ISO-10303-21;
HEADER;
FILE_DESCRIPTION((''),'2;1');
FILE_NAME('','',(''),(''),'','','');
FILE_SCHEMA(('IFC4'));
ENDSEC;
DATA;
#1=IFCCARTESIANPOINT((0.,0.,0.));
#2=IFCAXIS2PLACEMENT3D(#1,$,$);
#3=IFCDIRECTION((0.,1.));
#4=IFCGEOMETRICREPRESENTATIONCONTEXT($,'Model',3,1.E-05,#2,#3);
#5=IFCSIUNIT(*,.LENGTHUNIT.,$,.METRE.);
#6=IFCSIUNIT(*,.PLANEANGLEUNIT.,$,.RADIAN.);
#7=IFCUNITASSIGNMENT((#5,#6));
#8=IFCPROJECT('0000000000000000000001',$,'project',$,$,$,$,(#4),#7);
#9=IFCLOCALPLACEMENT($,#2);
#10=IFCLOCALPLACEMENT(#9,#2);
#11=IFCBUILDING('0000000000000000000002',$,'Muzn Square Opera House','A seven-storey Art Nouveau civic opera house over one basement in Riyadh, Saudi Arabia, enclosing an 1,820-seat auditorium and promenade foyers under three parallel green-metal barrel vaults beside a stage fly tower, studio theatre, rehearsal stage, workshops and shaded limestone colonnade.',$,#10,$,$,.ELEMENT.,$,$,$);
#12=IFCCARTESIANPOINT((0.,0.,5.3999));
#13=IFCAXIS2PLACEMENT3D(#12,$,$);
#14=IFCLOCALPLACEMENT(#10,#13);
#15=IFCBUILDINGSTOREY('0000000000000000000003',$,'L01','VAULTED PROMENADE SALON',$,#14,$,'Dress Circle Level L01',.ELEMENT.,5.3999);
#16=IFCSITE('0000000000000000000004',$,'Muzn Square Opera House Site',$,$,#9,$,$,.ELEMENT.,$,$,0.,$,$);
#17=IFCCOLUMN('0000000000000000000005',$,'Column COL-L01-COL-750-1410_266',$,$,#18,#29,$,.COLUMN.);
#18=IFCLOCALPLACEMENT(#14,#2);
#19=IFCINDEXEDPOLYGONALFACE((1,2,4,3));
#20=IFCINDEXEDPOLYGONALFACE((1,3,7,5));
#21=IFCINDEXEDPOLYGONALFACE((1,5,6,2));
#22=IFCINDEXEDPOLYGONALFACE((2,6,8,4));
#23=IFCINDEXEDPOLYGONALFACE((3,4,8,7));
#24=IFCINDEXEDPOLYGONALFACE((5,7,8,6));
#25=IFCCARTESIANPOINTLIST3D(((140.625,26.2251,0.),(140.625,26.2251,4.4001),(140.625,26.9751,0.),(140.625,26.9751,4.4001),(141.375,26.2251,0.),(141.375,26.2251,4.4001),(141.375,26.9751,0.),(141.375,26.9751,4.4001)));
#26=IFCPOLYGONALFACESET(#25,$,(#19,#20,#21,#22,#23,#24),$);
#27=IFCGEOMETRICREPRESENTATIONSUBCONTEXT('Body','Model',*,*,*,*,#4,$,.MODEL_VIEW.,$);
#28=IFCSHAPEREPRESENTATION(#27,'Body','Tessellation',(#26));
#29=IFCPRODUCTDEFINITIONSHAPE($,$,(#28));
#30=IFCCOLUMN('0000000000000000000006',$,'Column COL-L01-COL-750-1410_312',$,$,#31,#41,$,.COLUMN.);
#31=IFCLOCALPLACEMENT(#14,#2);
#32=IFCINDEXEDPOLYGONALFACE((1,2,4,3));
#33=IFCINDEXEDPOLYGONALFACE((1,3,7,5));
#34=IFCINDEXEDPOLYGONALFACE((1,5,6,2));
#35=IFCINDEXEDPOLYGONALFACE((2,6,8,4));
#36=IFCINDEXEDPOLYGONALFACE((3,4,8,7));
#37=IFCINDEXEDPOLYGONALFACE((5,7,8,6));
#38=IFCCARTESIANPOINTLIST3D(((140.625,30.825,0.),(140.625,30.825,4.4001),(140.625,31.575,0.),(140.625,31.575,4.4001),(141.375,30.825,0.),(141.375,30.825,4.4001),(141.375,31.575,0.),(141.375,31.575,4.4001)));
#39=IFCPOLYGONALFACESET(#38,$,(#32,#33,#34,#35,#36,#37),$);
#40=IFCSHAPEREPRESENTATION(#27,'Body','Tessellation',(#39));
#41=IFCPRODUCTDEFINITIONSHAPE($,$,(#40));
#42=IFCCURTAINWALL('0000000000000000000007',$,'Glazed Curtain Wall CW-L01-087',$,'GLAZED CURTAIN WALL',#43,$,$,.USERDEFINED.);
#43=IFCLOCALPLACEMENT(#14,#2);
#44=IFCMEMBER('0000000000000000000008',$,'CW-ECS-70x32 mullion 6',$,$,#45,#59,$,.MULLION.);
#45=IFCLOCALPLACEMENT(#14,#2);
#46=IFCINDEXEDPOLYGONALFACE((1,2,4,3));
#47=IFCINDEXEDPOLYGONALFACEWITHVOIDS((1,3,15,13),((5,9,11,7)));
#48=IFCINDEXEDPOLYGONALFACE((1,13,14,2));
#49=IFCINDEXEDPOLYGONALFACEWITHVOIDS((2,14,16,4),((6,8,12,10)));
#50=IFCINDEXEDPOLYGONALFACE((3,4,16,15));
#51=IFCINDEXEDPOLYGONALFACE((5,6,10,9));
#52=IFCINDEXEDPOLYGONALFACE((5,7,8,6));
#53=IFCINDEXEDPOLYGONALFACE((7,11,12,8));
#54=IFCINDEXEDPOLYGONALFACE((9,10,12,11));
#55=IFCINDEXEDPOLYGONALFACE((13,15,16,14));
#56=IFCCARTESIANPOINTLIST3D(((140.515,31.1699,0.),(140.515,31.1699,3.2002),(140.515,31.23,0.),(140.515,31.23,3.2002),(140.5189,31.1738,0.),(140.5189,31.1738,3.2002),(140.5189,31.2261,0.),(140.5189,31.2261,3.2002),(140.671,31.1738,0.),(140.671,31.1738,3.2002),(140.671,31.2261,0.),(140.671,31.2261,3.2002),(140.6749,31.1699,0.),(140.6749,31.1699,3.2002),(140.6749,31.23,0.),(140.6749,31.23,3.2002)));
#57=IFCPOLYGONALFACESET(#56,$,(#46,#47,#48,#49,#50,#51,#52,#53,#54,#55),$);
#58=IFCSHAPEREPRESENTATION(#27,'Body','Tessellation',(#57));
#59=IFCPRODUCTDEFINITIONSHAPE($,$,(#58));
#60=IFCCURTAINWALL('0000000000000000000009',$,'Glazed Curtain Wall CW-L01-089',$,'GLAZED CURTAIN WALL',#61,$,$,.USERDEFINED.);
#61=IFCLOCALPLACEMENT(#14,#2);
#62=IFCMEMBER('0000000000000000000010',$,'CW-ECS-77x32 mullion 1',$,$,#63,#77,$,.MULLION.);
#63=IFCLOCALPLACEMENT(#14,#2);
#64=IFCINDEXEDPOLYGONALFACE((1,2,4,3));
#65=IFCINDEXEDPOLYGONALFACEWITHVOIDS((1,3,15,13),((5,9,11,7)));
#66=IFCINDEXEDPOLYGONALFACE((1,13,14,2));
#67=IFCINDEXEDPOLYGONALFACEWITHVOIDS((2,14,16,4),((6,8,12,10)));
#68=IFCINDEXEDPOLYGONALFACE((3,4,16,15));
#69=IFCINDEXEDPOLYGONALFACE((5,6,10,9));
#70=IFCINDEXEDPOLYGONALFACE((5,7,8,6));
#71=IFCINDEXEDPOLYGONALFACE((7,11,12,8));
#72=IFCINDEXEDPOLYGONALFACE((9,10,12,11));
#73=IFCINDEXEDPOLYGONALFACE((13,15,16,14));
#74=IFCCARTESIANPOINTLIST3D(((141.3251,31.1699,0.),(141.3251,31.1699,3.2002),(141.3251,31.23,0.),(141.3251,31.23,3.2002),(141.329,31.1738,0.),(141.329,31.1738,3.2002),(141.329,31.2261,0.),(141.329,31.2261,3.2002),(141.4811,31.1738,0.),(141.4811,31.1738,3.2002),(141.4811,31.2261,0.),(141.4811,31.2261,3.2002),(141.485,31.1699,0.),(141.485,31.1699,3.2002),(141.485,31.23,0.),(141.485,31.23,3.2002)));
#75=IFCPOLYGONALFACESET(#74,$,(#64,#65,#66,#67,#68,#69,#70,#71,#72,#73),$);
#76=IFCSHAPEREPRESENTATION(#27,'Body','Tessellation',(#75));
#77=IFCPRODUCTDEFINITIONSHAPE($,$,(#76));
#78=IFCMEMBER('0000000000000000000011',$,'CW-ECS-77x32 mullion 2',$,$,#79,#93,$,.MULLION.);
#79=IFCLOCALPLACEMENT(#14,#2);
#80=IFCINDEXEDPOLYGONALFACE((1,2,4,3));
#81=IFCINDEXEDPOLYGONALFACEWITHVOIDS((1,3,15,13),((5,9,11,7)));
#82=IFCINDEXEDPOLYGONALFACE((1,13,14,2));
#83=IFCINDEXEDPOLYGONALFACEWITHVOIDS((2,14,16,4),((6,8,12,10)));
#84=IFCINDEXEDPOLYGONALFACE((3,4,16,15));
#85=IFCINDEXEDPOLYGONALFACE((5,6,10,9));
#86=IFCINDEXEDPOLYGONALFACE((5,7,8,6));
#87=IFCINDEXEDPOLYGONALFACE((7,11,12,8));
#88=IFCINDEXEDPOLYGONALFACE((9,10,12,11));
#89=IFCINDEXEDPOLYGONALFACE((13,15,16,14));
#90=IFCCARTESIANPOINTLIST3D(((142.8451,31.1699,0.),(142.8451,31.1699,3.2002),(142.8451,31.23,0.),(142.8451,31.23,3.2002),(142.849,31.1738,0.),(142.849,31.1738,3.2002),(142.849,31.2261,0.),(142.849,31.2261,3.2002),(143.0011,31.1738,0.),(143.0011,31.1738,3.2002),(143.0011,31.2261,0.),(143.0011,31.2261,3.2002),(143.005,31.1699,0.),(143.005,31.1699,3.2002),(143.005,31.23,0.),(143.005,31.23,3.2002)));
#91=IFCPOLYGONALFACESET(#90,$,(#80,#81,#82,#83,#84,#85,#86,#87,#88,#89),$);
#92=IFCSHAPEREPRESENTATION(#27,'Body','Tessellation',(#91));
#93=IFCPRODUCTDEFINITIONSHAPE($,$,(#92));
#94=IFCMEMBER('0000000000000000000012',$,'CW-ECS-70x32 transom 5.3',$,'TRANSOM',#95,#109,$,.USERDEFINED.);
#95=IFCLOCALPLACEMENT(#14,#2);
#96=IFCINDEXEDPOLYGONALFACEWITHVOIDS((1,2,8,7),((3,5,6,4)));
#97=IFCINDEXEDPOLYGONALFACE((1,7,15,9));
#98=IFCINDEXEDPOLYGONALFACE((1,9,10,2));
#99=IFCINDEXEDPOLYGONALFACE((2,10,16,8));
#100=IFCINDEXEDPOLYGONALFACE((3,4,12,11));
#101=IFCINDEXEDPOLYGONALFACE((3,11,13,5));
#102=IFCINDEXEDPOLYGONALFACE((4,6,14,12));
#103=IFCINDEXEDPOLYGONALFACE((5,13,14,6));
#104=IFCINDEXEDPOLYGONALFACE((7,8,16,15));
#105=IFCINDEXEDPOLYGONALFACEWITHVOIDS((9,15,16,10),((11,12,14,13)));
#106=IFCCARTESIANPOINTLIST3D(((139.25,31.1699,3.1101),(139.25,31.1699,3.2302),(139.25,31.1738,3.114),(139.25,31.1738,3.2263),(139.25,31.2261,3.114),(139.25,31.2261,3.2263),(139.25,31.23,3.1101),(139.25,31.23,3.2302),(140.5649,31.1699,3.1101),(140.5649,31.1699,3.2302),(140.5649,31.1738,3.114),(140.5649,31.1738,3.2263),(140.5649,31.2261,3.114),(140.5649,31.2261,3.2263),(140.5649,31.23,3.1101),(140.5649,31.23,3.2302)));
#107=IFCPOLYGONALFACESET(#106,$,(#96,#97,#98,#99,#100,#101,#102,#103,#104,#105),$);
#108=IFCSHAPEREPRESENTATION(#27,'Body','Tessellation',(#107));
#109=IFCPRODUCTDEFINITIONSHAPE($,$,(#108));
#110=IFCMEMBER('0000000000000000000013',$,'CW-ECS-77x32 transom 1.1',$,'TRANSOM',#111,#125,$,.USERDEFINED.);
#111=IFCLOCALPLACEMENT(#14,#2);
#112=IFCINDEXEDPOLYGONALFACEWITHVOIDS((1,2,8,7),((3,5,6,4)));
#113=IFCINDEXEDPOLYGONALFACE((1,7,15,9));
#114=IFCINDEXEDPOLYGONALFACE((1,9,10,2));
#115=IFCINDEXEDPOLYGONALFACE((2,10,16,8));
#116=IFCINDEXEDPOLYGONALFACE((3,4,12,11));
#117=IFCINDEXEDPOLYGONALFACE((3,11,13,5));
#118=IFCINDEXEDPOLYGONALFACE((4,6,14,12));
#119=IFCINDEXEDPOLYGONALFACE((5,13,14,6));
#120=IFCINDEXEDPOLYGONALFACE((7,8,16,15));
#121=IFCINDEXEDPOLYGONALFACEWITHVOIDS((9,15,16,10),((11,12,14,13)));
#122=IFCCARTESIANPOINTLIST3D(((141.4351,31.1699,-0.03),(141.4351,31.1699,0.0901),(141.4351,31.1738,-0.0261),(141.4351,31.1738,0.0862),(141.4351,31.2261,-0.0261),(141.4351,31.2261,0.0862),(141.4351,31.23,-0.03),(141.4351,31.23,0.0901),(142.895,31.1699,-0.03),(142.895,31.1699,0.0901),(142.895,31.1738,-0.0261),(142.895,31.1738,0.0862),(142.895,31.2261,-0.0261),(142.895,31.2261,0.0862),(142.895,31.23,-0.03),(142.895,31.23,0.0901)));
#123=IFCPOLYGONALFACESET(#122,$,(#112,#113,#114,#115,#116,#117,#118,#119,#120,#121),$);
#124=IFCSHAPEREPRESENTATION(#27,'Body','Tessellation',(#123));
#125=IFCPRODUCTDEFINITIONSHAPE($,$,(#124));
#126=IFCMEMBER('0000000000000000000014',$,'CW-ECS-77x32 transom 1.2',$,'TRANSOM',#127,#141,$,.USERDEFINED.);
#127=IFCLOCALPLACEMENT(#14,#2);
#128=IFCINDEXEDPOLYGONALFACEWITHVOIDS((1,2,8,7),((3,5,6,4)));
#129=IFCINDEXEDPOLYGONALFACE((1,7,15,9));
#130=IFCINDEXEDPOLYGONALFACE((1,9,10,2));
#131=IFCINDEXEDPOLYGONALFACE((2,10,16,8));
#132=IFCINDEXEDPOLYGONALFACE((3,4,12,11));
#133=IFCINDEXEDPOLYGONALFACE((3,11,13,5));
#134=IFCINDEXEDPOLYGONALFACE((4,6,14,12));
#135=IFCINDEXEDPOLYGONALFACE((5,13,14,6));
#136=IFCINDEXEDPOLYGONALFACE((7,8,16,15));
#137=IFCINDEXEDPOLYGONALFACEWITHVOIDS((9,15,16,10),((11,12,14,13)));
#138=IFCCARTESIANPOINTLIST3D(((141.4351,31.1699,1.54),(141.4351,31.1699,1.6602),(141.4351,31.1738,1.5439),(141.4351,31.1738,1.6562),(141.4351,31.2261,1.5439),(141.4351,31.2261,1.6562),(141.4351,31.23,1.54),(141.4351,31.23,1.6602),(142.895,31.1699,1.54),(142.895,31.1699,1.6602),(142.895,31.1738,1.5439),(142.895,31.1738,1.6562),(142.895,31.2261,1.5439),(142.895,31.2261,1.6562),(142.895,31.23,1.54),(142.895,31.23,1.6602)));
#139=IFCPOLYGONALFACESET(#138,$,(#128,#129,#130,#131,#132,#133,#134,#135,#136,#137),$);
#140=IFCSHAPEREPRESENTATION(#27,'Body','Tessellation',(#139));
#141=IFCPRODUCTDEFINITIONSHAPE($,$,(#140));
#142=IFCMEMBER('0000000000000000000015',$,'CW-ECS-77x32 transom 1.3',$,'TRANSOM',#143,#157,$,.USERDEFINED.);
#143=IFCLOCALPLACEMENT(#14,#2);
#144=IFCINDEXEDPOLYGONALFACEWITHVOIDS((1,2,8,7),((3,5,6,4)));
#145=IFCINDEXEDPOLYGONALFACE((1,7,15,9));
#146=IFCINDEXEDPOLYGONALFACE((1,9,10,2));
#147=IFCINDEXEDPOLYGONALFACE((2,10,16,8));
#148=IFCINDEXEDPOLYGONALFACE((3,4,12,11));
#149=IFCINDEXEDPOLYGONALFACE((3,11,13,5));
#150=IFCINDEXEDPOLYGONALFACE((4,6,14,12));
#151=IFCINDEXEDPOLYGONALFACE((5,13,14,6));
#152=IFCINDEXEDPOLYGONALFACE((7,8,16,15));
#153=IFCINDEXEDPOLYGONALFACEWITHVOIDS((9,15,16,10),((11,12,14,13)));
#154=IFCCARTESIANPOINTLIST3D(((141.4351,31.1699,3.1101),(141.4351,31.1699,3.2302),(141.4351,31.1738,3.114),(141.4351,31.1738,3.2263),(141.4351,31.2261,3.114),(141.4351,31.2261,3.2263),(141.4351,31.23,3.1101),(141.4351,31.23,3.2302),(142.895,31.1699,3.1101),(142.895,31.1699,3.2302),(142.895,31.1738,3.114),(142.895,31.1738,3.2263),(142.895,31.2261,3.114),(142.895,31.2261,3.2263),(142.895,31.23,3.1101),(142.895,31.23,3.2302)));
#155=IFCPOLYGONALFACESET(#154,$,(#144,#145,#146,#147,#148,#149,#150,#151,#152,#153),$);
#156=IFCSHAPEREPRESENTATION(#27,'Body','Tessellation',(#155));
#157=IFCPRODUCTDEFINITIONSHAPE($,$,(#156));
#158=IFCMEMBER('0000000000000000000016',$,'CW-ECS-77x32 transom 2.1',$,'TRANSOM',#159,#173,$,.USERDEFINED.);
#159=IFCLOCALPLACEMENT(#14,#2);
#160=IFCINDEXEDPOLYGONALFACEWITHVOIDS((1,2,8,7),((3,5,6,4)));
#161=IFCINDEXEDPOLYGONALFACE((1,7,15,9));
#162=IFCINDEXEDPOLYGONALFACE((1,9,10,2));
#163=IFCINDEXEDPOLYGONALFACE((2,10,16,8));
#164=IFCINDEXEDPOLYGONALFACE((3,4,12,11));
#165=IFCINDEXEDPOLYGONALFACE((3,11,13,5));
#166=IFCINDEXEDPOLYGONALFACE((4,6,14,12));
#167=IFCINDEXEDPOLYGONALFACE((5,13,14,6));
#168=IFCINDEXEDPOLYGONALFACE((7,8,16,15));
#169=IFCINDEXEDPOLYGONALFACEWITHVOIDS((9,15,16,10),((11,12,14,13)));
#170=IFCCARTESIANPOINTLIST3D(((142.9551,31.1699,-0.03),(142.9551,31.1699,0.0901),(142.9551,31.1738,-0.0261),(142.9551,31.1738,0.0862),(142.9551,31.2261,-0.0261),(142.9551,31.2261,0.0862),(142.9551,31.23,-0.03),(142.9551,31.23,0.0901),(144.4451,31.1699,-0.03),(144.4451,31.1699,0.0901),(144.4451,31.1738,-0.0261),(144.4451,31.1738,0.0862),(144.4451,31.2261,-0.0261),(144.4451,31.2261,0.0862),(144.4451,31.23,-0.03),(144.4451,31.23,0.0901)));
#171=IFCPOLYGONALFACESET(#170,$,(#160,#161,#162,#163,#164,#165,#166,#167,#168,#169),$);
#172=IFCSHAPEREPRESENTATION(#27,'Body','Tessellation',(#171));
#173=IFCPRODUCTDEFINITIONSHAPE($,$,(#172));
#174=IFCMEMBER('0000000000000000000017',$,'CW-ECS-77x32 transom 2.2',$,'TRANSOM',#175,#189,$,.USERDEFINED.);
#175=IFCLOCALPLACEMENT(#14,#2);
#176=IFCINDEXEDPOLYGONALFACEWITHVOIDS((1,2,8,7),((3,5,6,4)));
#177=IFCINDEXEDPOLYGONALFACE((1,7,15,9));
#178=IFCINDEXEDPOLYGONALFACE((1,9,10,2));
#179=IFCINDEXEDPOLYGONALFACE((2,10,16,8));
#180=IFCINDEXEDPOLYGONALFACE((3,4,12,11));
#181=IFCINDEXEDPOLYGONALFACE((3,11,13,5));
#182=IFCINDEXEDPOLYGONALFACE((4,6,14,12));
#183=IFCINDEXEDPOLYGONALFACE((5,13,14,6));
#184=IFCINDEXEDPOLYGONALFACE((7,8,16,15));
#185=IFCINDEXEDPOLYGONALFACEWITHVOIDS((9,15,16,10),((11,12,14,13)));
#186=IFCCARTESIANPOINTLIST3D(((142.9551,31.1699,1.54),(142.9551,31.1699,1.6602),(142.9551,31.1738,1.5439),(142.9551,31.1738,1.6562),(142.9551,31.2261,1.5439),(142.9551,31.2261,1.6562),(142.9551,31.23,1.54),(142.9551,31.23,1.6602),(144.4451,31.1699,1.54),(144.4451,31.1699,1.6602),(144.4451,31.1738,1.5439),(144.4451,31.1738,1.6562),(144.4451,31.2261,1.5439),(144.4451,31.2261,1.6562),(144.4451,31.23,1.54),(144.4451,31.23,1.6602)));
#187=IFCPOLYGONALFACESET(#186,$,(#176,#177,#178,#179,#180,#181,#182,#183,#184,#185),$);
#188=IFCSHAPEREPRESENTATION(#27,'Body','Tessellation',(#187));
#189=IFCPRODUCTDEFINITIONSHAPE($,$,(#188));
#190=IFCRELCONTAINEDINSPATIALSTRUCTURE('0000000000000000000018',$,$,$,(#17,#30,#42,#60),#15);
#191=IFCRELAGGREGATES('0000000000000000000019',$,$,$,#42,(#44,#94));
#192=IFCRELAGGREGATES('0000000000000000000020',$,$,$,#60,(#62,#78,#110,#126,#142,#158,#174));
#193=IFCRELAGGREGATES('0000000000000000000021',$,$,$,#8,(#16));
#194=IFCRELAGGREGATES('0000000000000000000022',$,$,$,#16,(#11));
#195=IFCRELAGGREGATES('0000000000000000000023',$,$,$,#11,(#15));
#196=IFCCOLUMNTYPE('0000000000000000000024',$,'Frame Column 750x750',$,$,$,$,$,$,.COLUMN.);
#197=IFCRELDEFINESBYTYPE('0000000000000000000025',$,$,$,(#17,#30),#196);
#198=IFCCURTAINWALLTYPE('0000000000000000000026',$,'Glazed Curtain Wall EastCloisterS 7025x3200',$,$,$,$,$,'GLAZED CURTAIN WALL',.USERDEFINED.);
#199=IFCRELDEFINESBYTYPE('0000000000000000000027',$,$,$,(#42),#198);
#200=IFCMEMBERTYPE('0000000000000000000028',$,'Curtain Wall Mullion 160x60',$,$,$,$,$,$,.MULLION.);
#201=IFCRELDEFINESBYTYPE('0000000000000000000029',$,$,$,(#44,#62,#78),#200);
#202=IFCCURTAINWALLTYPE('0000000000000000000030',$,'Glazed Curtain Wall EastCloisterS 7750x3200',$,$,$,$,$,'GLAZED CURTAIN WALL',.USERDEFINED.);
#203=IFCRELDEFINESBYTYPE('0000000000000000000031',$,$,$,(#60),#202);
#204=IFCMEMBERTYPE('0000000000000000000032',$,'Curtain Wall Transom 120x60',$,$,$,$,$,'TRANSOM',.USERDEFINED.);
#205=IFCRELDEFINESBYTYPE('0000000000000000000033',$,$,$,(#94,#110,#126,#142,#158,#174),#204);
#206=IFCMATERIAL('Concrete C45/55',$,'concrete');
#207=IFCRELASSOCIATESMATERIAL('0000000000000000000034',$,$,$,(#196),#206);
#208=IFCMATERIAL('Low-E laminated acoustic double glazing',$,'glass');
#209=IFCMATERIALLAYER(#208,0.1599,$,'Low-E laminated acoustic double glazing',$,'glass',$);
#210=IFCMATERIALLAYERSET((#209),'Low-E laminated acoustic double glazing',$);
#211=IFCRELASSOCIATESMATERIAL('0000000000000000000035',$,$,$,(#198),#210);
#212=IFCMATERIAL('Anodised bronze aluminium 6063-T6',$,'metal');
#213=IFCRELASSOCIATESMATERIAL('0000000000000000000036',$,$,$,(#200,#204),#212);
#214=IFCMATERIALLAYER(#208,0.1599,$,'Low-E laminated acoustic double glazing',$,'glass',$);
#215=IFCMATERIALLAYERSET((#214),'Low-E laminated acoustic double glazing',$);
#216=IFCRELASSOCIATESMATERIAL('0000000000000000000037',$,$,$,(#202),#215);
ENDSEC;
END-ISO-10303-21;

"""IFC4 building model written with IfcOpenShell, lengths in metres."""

from ifc_helpers import new_model, si_unit, direction, frame, origin, origin_2d, place, context, subcontext, project, spatial, rectangle, hollow_rectangle, extrude, material, layer, layer_set, material_profile, profile_set, type_object, element, aggregate, save


model = new_model("IFC4")

# Units and contexts
model_context = context("Model", 3, precision=1e-05, world=origin(), true_north=direction((0.0, 1.0)))
body_context = subcontext(model_context, "Body", "Model", "MODEL_VIEW")
ifc_project = project(units=[si_unit("LENGTHUNIT", "METRE"), si_unit("PLANEANGLEUNIT", "RADIAN")], contexts=[model_context])

# Site, building, storey
site_placement = place(None, origin())
site = spatial("IfcSite", under=ifc_project, at=site_placement, Name="Muzn Square Opera House Site", CompositionType="ELEMENT", RefElevation=0.0)
building_placement = place(site_placement, origin())
building = spatial("IfcBuilding", under=site, at=building_placement, Name="Muzn Square Opera House", Description="A seven-storey Art Nouveau civic opera house over one basement in Riyadh, Saudi Arabia, enclosing an 1,820-seat auditorium and promenade foyers under three parallel green-metal barrel vaults beside a stage fly tower, studio theatre, rehearsal stage, workshops and shaded limestone colonnade.", CompositionType="ELEMENT")
storey_placement = place(building_placement, frame((0.0, 0.0, 5.3999)))
storey = spatial("IfcBuildingStorey", under=building, at=storey_placement, Name="L01", Description="VAULTED PROMENADE SALON", LongName="Dress Circle Level L01", CompositionType="ELEMENT", Elevation=5.3999)

# Columns
ifc_material_1 = material(Name="Concrete C45/55", Category="concrete")
ifc_material_profile_1 = material_profile(ifc_material_1, rectangle(XDim=0.75, YDim=0.75, at=origin_2d()), Name="RC 750x750", Category="concrete")
ifc_profile_set_1 = profile_set([ifc_material_profile_1], Name="Concrete C45/55")
column_type = type_object("IfcColumnType", Name="Frame Column 750x750", PredefinedType="COLUMN", material=ifc_profile_set_1)
for number, where, z_axis, x_axis, name in (
    (1, (141.0, 26.6001, 0.0), (0.0, 0.0, 1.0), (1.0, 0.0, 0.0), "Column COL-L01-COL-750-1410_266"),
    (2, (141.0, 31.2, 0.0), (0.0, 0.0, 1.0), (1.0, 0.0, 0.0), "Column COL-L01-COL-750-1410_312"),
):
    element("IfcColumn", number, at=place(storey_placement, frame(where, z_axis=z_axis, x_axis=x_axis)), inside=storey, type_object=column_type, Name=name, PredefinedType="COLUMN", context=body_context, shape_type="SweptSolid", body=[
        extrude(rectangle(XDim=0.75, YDim=0.75, at=origin_2d()), origin(), (0.0, 0.0, 1.0), 4.4001),
    ])

# Curtain wall, member
ifc_material_2 = material(Name="Low-E laminated acoustic double glazing", Category="glass")
ifc_layer_1 = layer(ifc_material_2, 0.1599, Name="Low-E laminated acoustic double glazing", Category="glass")
ifc_layer_set_1 = layer_set([ifc_layer_1], Name="Low-E laminated acoustic double glazing")
curtain_wall_type_1 = type_object("IfcCurtainWallType", Name="Glazed Curtain Wall EastCloisterS 7025x3200", ElementType="GLAZED CURTAIN WALL", PredefinedType="USERDEFINED", material=ifc_layer_set_1)
curtain_wall_1_placement = place(storey_placement, origin())
curtain_wall_1 = element("IfcCurtainWall", 3, at=curtain_wall_1_placement, inside=storey, type_object=curtain_wall_type_1, Name="Glazed Curtain Wall CW-L01-087", ObjectType="GLAZED CURTAIN WALL", PredefinedType="USERDEFINED")
ifc_material_3 = material(Name="Anodised bronze aluminium 6063-T6", Category="metal")
ifc_material_profile_2 = material_profile(ifc_material_3, hollow_rectangle(XDim=0.0601, YDim=0.1599, WallThickness=0.0039, at=origin_2d()), Name="ALU 160x60x4", Category="metal")
ifc_profile_set_2 = profile_set([ifc_material_profile_2], Name="Anodised bronze aluminium 6063-T6")
member_type_1 = type_object("IfcMemberType", Name="Curtain Wall Mullion 160x60", PredefinedType="MULLION", material=ifc_profile_set_2)
member_1_placement = place(storey_placement, frame((140.595, 31.2, 0.0), z_axis=(0.0, 0.0, 1.0), x_axis=(0.0, 1.0, 0.0)))
member_1 = element("IfcMember", 4, at=member_1_placement, type_object=member_type_1, Name="CW-ECS-70x32 mullion 6", PredefinedType="MULLION", context=body_context, shape_type="SweptSolid", body=[
    extrude(hollow_rectangle(XDim=0.0601, YDim=0.1599, WallThickness=0.0039, at=origin_2d()), origin(), (0.0, 0.0, 1.0), 3.2002),
])

# Curtain wall, members
ifc_layer_2 = layer(ifc_material_2, 0.1599, Name="Low-E laminated acoustic double glazing", Category="glass")
ifc_layer_set_2 = layer_set([ifc_layer_2], Name="Low-E laminated acoustic double glazing")
curtain_wall_type_2 = type_object("IfcCurtainWallType", Name="Glazed Curtain Wall EastCloisterS 7750x3200", ElementType="GLAZED CURTAIN WALL", PredefinedType="USERDEFINED", material=ifc_layer_set_2)
curtain_wall_2_placement = place(storey_placement, origin())
curtain_wall_2 = element("IfcCurtainWall", 5, at=curtain_wall_2_placement, inside=storey, type_object=curtain_wall_type_2, Name="Glazed Curtain Wall CW-L01-089", ObjectType="GLAZED CURTAIN WALL", PredefinedType="USERDEFINED")
member_2_placement = place(storey_placement, frame((141.405, 31.2, 0.0), z_axis=(0.0, 0.0, 1.0), x_axis=(0.0, 1.0, 0.0)))
member_2 = element("IfcMember", 6, at=member_2_placement, type_object=member_type_1, Name="CW-ECS-77x32 mullion 1", PredefinedType="MULLION", context=body_context, shape_type="SweptSolid", body=[
    extrude(hollow_rectangle(XDim=0.0601, YDim=0.1599, WallThickness=0.0039, at=origin_2d()), origin(), (0.0, 0.0, 1.0), 3.2002),
])
member_3_placement = place(storey_placement, frame((142.925, 31.2, 0.0), z_axis=(0.0, 0.0, 1.0), x_axis=(0.0, 1.0, 0.0)))
member_3 = element("IfcMember", 7, at=member_3_placement, type_object=member_type_1, Name="CW-ECS-77x32 mullion 2", PredefinedType="MULLION", context=body_context, shape_type="SweptSolid", body=[
    extrude(hollow_rectangle(XDim=0.0601, YDim=0.1599, WallThickness=0.0039, at=origin_2d()), origin(), (0.0, 0.0, 1.0), 3.2002),
])

# Members
ifc_material_profile_3 = material_profile(ifc_material_3, hollow_rectangle(XDim=0.0601, YDim=0.1201, WallThickness=0.0039, at=origin_2d()), Name="ALU 120x60x4", Category="metal")
ifc_profile_set_3 = profile_set([ifc_material_profile_3], Name="Anodised bronze aluminium 6063-T6")
member_type_2 = type_object("IfcMemberType", Name="Curtain Wall Transom 120x60", ElementType="TRANSOM", PredefinedType="USERDEFINED", material=ifc_profile_set_3)
member_4_placement = place(storey_placement, frame((139.25, 31.2, 3.1702), z_axis=(1.0, 0.0, 0.0), x_axis=(0.0, 1.0, 0.0)))
member_4 = element("IfcMember", 8, at=member_4_placement, type_object=member_type_2, Name="CW-ECS-70x32 transom 5.3", ObjectType="TRANSOM", PredefinedType="USERDEFINED", context=body_context, shape_type="SweptSolid", body=[
    extrude(hollow_rectangle(XDim=0.0601, YDim=0.1201, WallThickness=0.0039, at=origin_2d()), origin(), (0.0, 0.0, 1.0), 1.3149),
])
member_5_placement = place(storey_placement, frame((141.4351, 31.2, 0.03), z_axis=(1.0, 0.0, 0.0), x_axis=(0.0, 1.0, 0.0)))
member_5 = element("IfcMember", 9, at=member_5_placement, type_object=member_type_2, Name="CW-ECS-77x32 transom 1.1", ObjectType="TRANSOM", PredefinedType="USERDEFINED", context=body_context, shape_type="SweptSolid", body=[
    extrude(hollow_rectangle(XDim=0.0601, YDim=0.1201, WallThickness=0.0039, at=origin_2d()), origin(), (0.0, 0.0, 1.0), 1.46),
])
member_6_placement = place(storey_placement, frame((141.4351, 31.2, 1.6001), z_axis=(1.0, 0.0, 0.0), x_axis=(0.0, 1.0, 0.0)))
member_6 = element("IfcMember", 10, at=member_6_placement, type_object=member_type_2, Name="CW-ECS-77x32 transom 1.2", ObjectType="TRANSOM", PredefinedType="USERDEFINED", context=body_context, shape_type="SweptSolid", body=[
    extrude(hollow_rectangle(XDim=0.0601, YDim=0.1201, WallThickness=0.0039, at=origin_2d()), origin(), (0.0, 0.0, 1.0), 1.46),
])
member_7_placement = place(storey_placement, frame((141.4351, 31.2, 3.1702), z_axis=(1.0, 0.0, 0.0), x_axis=(0.0, 1.0, 0.0)))
member_7 = element("IfcMember", 11, at=member_7_placement, type_object=member_type_2, Name="CW-ECS-77x32 transom 1.3", ObjectType="TRANSOM", PredefinedType="USERDEFINED", context=body_context, shape_type="SweptSolid", body=[
    extrude(hollow_rectangle(XDim=0.0601, YDim=0.1201, WallThickness=0.0039, at=origin_2d()), origin(), (0.0, 0.0, 1.0), 1.46),
])
member_8_placement = place(storey_placement, frame((142.9551, 31.2, 0.03), z_axis=(1.0, 0.0, 0.0), x_axis=(0.0, 1.0, 0.0)))
member_8 = element("IfcMember", 12, at=member_8_placement, type_object=member_type_2, Name="CW-ECS-77x32 transom 2.1", ObjectType="TRANSOM", PredefinedType="USERDEFINED", context=body_context, shape_type="SweptSolid", body=[
    extrude(hollow_rectangle(XDim=0.0601, YDim=0.1201, WallThickness=0.0039, at=origin_2d()), origin(), (0.0, 0.0, 1.0), 1.49),
])
member_9_placement = place(storey_placement, frame((142.9551, 31.2, 1.6001), z_axis=(1.0, 0.0, 0.0), x_axis=(0.0, 1.0, 0.0)))
member_9 = element("IfcMember", 13, at=member_9_placement, type_object=member_type_2, Name="CW-ECS-77x32 transom 2.2", ObjectType="TRANSOM", PredefinedType="USERDEFINED", context=body_context, shape_type="SweptSolid", body=[
    extrude(hollow_rectangle(XDim=0.0601, YDim=0.1201, WallThickness=0.0039, at=origin_2d()), origin(), (0.0, 0.0, 1.0), 1.49),
])

aggregate(curtain_wall_1, [member_1, member_4])
aggregate(curtain_wall_2, [member_2, member_3, member_5, member_6, member_7, member_8, member_9])

save(model, "model.ifc")
